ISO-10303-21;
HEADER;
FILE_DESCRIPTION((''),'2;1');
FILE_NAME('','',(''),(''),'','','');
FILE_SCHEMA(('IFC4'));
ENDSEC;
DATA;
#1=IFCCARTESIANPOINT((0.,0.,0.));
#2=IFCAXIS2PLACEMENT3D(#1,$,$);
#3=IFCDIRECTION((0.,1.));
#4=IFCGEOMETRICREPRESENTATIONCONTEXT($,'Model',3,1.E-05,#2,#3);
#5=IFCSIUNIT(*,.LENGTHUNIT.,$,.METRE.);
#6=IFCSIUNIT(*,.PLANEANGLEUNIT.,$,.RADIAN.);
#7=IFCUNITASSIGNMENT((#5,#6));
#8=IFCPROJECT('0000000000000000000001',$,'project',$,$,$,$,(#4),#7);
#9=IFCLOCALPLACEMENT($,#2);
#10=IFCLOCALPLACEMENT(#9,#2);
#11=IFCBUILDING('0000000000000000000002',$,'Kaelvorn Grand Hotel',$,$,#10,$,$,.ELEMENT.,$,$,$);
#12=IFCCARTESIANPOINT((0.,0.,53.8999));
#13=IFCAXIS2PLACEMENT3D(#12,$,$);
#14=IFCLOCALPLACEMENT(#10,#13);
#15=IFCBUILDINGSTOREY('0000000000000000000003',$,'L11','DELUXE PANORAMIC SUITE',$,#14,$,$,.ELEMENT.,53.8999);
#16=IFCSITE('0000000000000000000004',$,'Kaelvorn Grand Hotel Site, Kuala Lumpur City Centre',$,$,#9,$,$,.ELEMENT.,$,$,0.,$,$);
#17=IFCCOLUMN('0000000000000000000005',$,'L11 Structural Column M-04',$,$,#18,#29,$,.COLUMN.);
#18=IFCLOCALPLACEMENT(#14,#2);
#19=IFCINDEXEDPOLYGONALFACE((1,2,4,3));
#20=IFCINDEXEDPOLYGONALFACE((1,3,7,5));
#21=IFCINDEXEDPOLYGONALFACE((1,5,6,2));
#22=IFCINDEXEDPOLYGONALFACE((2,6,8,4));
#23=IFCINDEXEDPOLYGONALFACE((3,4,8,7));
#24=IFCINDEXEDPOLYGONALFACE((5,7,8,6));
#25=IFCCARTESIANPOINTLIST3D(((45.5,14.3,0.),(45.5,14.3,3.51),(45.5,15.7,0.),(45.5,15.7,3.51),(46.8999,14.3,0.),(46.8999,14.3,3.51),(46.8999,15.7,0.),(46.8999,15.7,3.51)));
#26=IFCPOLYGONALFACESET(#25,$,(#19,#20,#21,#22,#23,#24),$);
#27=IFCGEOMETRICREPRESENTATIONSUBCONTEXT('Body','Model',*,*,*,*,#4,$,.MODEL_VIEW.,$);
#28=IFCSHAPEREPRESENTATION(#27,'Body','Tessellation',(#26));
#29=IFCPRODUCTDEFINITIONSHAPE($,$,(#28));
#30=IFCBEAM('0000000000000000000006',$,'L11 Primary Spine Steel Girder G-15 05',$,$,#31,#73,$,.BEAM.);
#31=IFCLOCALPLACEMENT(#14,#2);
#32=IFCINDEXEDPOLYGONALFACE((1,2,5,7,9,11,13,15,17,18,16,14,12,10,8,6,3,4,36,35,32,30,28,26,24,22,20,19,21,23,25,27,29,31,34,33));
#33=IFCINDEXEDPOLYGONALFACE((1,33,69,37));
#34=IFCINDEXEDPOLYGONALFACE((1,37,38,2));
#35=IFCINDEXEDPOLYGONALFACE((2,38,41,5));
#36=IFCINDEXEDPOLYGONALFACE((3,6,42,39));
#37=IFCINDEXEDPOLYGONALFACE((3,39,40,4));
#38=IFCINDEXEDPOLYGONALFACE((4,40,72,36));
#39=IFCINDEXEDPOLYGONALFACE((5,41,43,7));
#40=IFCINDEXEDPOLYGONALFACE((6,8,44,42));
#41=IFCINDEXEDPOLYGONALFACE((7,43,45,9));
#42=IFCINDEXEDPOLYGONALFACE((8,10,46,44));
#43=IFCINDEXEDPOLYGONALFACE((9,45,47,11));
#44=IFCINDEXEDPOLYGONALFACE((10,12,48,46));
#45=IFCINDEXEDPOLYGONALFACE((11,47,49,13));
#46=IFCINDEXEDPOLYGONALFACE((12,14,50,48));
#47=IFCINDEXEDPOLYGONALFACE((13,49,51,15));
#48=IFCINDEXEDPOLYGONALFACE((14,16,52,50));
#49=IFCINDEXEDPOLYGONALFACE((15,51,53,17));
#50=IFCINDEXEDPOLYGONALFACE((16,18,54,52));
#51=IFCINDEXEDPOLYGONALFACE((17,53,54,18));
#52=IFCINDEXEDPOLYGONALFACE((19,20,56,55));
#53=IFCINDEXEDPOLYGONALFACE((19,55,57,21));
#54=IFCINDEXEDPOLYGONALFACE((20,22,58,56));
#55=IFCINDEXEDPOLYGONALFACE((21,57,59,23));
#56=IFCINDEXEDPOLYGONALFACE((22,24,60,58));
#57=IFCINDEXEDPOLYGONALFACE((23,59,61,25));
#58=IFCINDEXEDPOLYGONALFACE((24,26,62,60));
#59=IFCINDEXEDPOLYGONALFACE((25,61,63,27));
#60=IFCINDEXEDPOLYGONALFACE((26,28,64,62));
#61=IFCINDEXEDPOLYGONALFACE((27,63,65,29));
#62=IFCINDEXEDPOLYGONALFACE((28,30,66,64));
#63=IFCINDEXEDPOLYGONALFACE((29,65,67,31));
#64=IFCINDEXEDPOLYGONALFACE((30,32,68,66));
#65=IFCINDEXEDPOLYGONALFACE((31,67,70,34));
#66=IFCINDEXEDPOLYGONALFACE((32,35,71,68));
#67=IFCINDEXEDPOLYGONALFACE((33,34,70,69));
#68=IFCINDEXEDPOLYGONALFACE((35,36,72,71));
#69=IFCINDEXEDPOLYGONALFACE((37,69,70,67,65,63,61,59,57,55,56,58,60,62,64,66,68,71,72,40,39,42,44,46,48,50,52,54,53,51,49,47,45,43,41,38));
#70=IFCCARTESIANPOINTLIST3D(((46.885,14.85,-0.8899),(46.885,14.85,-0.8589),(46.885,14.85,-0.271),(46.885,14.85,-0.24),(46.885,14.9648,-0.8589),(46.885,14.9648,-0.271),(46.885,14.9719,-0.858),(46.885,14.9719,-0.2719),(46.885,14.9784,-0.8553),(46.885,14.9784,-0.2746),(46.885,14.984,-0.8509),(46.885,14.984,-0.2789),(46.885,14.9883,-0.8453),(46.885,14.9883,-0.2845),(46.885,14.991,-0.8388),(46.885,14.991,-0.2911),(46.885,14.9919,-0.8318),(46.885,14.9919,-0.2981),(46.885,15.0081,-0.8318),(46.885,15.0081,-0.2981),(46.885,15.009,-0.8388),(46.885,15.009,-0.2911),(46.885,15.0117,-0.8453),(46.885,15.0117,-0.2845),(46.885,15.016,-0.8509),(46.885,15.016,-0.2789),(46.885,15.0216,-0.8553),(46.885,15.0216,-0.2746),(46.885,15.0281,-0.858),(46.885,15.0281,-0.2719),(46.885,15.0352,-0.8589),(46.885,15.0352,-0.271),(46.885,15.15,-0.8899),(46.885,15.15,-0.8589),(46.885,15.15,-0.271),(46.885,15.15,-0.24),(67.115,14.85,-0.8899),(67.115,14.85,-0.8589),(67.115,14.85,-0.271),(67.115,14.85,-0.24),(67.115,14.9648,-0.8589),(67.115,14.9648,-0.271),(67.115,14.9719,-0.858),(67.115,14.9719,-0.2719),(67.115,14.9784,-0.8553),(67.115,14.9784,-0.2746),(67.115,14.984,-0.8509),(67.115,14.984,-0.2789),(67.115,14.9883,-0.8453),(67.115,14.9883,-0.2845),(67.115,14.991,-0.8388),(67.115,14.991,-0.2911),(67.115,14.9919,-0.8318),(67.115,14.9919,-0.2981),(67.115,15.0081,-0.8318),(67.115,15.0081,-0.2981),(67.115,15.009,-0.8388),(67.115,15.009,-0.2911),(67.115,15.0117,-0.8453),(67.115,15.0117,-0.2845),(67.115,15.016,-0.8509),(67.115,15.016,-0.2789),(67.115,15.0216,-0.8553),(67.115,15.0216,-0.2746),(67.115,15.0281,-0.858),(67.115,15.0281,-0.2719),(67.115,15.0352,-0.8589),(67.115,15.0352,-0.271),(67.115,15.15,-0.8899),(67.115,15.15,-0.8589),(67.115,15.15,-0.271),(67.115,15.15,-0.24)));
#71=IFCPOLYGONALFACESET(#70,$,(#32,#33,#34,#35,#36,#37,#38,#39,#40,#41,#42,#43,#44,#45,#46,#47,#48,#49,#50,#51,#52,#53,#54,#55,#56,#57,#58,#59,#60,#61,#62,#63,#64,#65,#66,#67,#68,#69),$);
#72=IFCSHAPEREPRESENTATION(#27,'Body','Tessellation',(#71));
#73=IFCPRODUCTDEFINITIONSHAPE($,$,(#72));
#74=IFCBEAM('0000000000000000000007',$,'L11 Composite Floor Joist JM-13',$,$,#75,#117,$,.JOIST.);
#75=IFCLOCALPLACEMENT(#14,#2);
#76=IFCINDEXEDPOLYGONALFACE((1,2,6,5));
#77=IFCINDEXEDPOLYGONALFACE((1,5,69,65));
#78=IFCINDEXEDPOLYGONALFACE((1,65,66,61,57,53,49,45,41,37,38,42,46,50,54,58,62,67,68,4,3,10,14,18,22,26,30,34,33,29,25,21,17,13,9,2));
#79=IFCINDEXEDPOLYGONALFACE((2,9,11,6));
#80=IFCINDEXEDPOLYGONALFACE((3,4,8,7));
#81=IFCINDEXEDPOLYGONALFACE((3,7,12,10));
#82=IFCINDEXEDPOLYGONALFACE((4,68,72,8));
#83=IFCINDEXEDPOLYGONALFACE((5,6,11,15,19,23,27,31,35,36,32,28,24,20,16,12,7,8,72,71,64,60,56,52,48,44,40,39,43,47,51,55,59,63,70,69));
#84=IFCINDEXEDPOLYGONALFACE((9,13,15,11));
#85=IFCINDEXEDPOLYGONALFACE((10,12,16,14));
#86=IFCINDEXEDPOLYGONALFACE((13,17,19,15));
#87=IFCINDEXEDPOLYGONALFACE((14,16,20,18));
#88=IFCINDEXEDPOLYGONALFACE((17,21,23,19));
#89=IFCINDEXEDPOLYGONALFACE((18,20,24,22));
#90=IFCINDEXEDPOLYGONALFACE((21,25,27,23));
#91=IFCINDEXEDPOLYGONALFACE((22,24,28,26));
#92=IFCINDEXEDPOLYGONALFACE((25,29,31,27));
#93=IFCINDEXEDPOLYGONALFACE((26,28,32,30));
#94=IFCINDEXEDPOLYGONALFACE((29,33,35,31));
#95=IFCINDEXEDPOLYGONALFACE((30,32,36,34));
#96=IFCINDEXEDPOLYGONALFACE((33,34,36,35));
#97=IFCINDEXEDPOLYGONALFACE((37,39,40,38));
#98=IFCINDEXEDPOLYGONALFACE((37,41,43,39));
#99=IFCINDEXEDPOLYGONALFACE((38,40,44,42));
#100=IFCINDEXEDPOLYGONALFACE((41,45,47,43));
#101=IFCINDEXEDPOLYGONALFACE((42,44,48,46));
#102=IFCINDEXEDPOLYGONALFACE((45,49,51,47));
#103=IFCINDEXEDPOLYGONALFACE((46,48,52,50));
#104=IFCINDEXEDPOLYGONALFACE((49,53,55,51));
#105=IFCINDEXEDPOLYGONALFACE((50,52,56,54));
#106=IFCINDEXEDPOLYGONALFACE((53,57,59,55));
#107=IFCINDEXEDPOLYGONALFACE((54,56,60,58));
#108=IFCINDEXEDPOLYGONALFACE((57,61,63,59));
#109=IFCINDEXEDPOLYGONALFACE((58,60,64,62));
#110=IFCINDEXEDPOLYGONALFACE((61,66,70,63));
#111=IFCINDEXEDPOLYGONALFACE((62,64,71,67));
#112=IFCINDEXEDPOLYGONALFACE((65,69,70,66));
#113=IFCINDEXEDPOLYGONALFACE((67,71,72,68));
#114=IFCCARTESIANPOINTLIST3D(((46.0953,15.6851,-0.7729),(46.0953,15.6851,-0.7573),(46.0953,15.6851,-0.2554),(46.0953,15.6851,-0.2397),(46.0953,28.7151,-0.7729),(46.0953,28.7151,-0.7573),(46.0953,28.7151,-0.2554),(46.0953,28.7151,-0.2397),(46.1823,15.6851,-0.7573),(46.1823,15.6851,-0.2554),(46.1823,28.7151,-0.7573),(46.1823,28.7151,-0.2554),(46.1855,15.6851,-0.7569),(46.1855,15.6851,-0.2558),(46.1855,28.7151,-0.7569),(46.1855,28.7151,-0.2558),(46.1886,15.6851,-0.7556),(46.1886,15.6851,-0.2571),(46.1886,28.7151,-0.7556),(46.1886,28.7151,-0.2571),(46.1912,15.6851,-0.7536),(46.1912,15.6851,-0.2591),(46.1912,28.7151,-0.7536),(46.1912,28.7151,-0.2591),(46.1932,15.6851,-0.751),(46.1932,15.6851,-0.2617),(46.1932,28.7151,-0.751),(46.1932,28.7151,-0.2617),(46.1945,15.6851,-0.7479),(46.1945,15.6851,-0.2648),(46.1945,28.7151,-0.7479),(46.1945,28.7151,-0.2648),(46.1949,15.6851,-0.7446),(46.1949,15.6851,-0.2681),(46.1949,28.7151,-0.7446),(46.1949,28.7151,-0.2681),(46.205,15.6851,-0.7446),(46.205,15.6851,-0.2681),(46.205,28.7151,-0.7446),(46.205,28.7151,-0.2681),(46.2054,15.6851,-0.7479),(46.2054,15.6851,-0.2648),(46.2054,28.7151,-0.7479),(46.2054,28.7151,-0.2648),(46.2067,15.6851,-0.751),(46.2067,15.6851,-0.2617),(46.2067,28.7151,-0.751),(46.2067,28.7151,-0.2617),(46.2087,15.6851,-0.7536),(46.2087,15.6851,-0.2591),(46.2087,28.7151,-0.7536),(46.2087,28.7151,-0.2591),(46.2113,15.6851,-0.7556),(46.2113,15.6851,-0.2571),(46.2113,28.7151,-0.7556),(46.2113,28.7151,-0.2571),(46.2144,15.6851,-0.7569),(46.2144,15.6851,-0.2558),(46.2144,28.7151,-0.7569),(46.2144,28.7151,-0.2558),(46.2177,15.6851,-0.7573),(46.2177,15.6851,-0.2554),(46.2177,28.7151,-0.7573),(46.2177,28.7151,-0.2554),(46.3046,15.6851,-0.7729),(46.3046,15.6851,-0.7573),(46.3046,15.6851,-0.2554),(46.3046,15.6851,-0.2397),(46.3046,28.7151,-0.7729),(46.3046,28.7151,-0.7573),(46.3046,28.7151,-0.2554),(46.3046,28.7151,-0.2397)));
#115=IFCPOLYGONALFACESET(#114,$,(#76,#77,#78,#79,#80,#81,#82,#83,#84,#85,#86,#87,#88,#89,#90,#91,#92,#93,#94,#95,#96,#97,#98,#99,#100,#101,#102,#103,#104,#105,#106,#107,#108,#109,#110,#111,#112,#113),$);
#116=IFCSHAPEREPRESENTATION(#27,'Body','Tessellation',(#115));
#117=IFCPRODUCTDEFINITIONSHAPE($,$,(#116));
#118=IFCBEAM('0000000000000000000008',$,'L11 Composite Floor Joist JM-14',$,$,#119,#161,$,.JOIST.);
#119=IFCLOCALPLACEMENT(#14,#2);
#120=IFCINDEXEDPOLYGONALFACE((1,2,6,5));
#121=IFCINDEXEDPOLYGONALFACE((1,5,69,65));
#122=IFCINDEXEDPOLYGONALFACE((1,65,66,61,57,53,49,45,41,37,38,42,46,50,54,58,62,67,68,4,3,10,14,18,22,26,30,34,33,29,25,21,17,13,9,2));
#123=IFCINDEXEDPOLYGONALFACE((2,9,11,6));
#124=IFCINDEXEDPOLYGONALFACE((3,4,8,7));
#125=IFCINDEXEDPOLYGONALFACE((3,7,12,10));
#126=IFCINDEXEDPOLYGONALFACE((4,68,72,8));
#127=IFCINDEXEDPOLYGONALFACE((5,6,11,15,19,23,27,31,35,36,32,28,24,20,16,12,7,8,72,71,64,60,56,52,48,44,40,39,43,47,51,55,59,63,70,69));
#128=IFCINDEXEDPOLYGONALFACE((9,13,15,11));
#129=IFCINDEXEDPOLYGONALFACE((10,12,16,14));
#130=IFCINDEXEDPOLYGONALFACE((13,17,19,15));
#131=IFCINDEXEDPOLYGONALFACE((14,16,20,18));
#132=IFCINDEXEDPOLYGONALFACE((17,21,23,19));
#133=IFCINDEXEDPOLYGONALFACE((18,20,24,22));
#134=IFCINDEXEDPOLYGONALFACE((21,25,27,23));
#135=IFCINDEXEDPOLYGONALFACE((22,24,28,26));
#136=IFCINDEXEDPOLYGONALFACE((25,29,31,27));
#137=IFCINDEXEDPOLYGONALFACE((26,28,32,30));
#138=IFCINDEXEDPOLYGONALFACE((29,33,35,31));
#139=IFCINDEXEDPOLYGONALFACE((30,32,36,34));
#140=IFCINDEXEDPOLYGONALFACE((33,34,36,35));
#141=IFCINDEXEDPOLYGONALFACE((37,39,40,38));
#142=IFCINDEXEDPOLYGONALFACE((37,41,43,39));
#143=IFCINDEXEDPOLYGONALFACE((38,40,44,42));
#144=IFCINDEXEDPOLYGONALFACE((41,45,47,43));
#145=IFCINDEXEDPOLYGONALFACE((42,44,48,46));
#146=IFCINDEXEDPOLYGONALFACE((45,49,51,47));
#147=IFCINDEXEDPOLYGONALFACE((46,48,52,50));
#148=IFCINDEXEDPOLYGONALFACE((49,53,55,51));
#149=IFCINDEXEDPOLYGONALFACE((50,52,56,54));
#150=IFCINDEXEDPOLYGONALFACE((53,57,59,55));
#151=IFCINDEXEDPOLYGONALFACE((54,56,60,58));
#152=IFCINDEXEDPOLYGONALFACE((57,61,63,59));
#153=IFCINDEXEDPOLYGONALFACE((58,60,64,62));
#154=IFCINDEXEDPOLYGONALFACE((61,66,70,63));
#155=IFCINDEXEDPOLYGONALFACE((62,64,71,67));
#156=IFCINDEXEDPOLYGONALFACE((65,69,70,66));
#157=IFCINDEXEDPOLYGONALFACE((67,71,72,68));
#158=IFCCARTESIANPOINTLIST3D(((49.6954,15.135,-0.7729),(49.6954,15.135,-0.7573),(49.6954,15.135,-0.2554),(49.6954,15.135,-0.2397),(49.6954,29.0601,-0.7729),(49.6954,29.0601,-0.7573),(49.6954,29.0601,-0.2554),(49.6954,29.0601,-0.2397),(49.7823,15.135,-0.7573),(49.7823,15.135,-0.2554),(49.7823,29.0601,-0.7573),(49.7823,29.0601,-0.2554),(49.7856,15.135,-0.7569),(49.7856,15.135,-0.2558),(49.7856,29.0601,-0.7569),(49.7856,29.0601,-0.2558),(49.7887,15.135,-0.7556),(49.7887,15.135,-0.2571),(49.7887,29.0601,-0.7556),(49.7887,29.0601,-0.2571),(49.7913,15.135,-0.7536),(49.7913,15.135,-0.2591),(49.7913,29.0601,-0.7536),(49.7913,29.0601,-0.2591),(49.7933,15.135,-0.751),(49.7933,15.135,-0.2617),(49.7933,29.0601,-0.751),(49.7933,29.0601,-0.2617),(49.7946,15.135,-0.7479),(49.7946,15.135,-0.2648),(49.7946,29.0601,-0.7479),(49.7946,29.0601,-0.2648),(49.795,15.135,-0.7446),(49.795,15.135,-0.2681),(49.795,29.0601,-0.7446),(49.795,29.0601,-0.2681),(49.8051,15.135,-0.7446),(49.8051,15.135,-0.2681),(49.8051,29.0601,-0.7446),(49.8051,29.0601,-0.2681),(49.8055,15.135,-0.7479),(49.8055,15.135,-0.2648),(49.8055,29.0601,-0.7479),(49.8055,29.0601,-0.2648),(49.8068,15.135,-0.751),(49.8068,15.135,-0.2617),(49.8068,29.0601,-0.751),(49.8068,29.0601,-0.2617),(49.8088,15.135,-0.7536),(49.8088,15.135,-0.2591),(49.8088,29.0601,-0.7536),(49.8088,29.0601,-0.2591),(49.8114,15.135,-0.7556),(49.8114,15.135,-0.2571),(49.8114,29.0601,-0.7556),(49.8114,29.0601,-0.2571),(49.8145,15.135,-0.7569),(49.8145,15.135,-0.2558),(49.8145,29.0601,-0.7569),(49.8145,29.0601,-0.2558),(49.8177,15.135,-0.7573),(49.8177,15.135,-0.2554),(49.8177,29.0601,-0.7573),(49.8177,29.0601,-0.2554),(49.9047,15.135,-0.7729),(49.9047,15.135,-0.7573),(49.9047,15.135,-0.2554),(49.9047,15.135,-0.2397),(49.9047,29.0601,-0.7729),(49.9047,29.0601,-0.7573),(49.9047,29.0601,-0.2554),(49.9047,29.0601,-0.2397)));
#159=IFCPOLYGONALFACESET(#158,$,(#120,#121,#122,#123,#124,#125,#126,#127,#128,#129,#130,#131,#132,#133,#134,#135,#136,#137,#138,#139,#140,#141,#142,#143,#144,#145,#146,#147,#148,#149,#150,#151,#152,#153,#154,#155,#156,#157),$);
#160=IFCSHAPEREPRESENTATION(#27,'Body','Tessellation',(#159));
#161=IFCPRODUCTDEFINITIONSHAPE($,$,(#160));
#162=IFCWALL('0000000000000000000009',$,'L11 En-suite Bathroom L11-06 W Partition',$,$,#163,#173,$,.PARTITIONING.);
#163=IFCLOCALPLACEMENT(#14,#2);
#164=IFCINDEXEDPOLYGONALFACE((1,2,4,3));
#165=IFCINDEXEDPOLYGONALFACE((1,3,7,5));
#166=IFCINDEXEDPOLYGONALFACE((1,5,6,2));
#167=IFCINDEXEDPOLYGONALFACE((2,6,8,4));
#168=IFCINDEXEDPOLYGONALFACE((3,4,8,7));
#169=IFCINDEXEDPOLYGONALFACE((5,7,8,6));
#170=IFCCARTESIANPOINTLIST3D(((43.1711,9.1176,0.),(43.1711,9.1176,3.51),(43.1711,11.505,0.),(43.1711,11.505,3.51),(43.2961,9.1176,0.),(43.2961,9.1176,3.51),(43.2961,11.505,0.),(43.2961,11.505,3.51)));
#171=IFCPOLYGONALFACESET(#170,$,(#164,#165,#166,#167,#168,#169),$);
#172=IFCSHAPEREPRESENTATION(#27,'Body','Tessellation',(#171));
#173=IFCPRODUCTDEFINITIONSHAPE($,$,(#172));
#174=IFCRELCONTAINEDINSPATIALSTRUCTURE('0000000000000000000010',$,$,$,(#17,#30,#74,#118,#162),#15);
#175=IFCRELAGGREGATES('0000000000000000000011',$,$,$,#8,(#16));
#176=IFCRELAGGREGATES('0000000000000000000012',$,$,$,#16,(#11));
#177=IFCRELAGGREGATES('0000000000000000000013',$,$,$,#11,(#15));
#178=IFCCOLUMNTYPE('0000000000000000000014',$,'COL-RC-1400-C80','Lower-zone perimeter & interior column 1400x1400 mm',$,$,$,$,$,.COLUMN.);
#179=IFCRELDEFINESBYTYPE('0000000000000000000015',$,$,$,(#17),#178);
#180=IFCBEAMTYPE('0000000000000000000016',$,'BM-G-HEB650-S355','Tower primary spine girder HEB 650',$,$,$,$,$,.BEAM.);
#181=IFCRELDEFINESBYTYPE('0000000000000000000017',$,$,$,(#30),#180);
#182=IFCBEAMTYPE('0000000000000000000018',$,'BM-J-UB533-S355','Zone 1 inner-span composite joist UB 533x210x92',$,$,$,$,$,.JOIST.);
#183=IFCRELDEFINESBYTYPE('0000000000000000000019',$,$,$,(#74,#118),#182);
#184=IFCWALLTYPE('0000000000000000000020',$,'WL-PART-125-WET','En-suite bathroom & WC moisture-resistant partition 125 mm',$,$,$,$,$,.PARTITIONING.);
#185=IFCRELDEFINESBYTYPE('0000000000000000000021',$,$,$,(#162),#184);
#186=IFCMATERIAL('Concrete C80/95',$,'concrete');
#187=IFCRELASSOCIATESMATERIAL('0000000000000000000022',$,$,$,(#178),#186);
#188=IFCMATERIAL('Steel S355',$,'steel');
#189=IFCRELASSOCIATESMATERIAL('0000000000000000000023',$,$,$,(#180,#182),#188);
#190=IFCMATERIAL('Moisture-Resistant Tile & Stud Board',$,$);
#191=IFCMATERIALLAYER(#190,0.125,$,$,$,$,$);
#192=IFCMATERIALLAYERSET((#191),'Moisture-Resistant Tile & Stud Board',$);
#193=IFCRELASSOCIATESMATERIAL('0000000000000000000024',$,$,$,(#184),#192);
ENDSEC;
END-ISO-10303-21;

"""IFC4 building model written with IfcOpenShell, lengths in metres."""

from ifc_helpers import new_model, si_unit, direction, frame, frame_2d, origin, origin_2d, place, context, subcontext, project, spatial, rectangle, i_section, extrude, material, layer, layer_set, material_profile, profile_set, type_object, element, save


model = new_model("IFC4")

# Units and contexts
model_context = context("Model", 3, precision=1e-05, world=origin(), true_north=direction((0.0, 1.0)))
body_context = subcontext(model_context, "Body", "Model", "MODEL_VIEW")
ifc_project = project(units=[si_unit("LENGTHUNIT", "METRE"), si_unit("PLANEANGLEUNIT", "RADIAN")], contexts=[model_context])

# Site, building, storey
site_placement = place(None, origin())
site = spatial("IfcSite", under=ifc_project, at=site_placement, Name="Kaelvorn Grand Hotel Site, Kuala Lumpur City Centre", CompositionType="ELEMENT", RefElevation=0.0)
building_placement = place(site_placement, origin())
building = spatial("IfcBuilding", under=site, at=building_placement, Name="Kaelvorn Grand Hotel", CompositionType="ELEMENT")
storey_placement = place(building_placement, frame((0.0, 0.0, 53.8999)))
storey = spatial("IfcBuildingStorey", under=building, at=storey_placement, Name="L11", Description="DELUXE PANORAMIC SUITE", CompositionType="ELEMENT", Elevation=53.8999)

# Column
ifc_material_1 = material(Name="Concrete C80/95", Category="concrete")
ifc_material_profile_1 = material_profile(ifc_material_1, rectangle(XDim=1.3999, YDim=1.3999, at=origin_2d()), Name="RC COL 1400x1400")
ifc_profile_set_1 = profile_set([ifc_material_profile_1], Name="Concrete C80/95")
column_type = type_object("IfcColumnType", Name="COL-RC-1400-C80", Description="Lower-zone perimeter & interior column 1400x1400 mm", PredefinedType="COLUMN", material=ifc_profile_set_1)
column_placement = place(storey_placement, frame((46.2, 15.0, 0.0), z_axis=(0.0, 0.0, 1.0), x_axis=(1.0, 0.0, 0.0)))
element("IfcColumn", 1, at=column_placement, inside=storey, type_object=column_type, Name="L11 Structural Column M-04", PredefinedType="COLUMN", context=body_context, shape_type="SweptSolid", body=[
    extrude(rectangle(XDim=1.3999, YDim=1.3999, at=origin_2d()), origin(), (0.0, 0.0, 1.0), 3.51),
])

# Beams
ifc_material_2 = material(Name="Steel S355", Category="steel")
ifc_material_profile_2 = material_profile(ifc_material_2, i_section(OverallWidth=0.3, OverallDepth=0.6499, WebThickness=0.0161, FlangeThickness=0.031, FilletRadius=0.0271, at=origin_2d()), Name="HEB 650")
ifc_profile_set_2 = profile_set([ifc_material_profile_2], Name="Steel S355")
beam_type_1 = type_object("IfcBeamType", Name="BM-G-HEB650-S355", Description="Tower primary spine girder HEB 650", PredefinedType="BEAM", material=ifc_profile_set_2)
beam_1_placement = place(storey_placement, frame((46.885, 15.0, -0.5649), z_axis=(1.0, 0.0, 0.0), x_axis=(0.0, 1.0, 0.0)))
element("IfcBeam", 2, at=beam_1_placement, inside=storey, type_object=beam_type_1, Name="L11 Primary Spine Steel Girder G-15 05", PredefinedType="BEAM", context=body_context, shape_type="SweptSolid", body=[
    extrude(i_section(OverallWidth=0.3, OverallDepth=0.6499, WebThickness=0.0161, FlangeThickness=0.031, FilletRadius=0.0271, at=origin_2d()), origin(), (0.0, 0.0, 1.0), 20.23),
])
ifc_material_profile_3 = material_profile(ifc_material_2, i_section(OverallWidth=0.2092, OverallDepth=0.5332, WebThickness=0.01, FlangeThickness=0.0156, FilletRadius=0.0127, at=origin_2d()), Name="UB 533x210x92")
ifc_profile_set_3 = profile_set([ifc_material_profile_3], Name="Steel S355")
beam_type_2 = type_object("IfcBeamType", Name="BM-J-UB533-S355", Description="Zone 1 inner-span composite joist UB 533x210x92", PredefinedType="JOIST", material=ifc_profile_set_3)
beam_2_placement = place(storey_placement, frame((46.2, 15.6851, -0.5063), z_axis=(0.0, 1.0, 0.0), x_axis=(-1.0, 0.0, 0.0)))
element("IfcBeam", 3, at=beam_2_placement, inside=storey, type_object=beam_type_2, Name="L11 Composite Floor Joist JM-13", PredefinedType="JOIST", context=body_context, shape_type="SweptSolid", body=[
    extrude(i_section(OverallWidth=0.2092, OverallDepth=0.5332, WebThickness=0.01, FlangeThickness=0.0156, FilletRadius=0.0127, at=origin_2d()), origin(), (0.0, 0.0, 1.0), 13.03),
])
beam_3_placement = place(storey_placement, frame((49.8, 15.135, -0.5063), z_axis=(0.0, 1.0, 0.0), x_axis=(-1.0, 0.0, 0.0)))
element("IfcBeam", 4, at=beam_3_placement, inside=storey, type_object=beam_type_2, Name="L11 Composite Floor Joist JM-14", PredefinedType="JOIST", context=body_context, shape_type="SweptSolid", body=[
    extrude(i_section(OverallWidth=0.2092, OverallDepth=0.5332, WebThickness=0.01, FlangeThickness=0.0156, FilletRadius=0.0127, at=origin_2d()), origin(), (0.0, 0.0, 1.0), 13.925),
])

# Wall
ifc_material_3 = material(Name="Moisture-Resistant Tile & Stud Board")
ifc_layer_1 = layer(ifc_material_3, 0.125)
ifc_layer_set_1 = layer_set([ifc_layer_1], Name="Moisture-Resistant Tile & Stud Board")
wall_type_1 = type_object("IfcWallType", Name="WL-PART-125-WET", Description="En-suite bathroom & WC moisture-resistant partition 125 mm", PredefinedType="PARTITIONING", material=ifc_layer_set_1)
wall_1_placement = place(storey_placement, frame((43.2336, 9.1174, 0.0), z_axis=(0.0, 0.0, 1.0), x_axis=(0.0, 1.0, 0.0)))
element("IfcWall", 5, at=wall_1_placement, inside=storey, type_object=wall_type_1, Name="L11 En-suite Bathroom L11-06 W Partition", PredefinedType="PARTITIONING", context=body_context, shape_type="SweptSolid", body=[
    extrude(rectangle(XDim=2.3875, YDim=0.125, at=frame_2d((1.1938, 0.0))), origin(), (0.0, 0.0, 1.0), 3.51),
])

save(model, "model.ifc")
